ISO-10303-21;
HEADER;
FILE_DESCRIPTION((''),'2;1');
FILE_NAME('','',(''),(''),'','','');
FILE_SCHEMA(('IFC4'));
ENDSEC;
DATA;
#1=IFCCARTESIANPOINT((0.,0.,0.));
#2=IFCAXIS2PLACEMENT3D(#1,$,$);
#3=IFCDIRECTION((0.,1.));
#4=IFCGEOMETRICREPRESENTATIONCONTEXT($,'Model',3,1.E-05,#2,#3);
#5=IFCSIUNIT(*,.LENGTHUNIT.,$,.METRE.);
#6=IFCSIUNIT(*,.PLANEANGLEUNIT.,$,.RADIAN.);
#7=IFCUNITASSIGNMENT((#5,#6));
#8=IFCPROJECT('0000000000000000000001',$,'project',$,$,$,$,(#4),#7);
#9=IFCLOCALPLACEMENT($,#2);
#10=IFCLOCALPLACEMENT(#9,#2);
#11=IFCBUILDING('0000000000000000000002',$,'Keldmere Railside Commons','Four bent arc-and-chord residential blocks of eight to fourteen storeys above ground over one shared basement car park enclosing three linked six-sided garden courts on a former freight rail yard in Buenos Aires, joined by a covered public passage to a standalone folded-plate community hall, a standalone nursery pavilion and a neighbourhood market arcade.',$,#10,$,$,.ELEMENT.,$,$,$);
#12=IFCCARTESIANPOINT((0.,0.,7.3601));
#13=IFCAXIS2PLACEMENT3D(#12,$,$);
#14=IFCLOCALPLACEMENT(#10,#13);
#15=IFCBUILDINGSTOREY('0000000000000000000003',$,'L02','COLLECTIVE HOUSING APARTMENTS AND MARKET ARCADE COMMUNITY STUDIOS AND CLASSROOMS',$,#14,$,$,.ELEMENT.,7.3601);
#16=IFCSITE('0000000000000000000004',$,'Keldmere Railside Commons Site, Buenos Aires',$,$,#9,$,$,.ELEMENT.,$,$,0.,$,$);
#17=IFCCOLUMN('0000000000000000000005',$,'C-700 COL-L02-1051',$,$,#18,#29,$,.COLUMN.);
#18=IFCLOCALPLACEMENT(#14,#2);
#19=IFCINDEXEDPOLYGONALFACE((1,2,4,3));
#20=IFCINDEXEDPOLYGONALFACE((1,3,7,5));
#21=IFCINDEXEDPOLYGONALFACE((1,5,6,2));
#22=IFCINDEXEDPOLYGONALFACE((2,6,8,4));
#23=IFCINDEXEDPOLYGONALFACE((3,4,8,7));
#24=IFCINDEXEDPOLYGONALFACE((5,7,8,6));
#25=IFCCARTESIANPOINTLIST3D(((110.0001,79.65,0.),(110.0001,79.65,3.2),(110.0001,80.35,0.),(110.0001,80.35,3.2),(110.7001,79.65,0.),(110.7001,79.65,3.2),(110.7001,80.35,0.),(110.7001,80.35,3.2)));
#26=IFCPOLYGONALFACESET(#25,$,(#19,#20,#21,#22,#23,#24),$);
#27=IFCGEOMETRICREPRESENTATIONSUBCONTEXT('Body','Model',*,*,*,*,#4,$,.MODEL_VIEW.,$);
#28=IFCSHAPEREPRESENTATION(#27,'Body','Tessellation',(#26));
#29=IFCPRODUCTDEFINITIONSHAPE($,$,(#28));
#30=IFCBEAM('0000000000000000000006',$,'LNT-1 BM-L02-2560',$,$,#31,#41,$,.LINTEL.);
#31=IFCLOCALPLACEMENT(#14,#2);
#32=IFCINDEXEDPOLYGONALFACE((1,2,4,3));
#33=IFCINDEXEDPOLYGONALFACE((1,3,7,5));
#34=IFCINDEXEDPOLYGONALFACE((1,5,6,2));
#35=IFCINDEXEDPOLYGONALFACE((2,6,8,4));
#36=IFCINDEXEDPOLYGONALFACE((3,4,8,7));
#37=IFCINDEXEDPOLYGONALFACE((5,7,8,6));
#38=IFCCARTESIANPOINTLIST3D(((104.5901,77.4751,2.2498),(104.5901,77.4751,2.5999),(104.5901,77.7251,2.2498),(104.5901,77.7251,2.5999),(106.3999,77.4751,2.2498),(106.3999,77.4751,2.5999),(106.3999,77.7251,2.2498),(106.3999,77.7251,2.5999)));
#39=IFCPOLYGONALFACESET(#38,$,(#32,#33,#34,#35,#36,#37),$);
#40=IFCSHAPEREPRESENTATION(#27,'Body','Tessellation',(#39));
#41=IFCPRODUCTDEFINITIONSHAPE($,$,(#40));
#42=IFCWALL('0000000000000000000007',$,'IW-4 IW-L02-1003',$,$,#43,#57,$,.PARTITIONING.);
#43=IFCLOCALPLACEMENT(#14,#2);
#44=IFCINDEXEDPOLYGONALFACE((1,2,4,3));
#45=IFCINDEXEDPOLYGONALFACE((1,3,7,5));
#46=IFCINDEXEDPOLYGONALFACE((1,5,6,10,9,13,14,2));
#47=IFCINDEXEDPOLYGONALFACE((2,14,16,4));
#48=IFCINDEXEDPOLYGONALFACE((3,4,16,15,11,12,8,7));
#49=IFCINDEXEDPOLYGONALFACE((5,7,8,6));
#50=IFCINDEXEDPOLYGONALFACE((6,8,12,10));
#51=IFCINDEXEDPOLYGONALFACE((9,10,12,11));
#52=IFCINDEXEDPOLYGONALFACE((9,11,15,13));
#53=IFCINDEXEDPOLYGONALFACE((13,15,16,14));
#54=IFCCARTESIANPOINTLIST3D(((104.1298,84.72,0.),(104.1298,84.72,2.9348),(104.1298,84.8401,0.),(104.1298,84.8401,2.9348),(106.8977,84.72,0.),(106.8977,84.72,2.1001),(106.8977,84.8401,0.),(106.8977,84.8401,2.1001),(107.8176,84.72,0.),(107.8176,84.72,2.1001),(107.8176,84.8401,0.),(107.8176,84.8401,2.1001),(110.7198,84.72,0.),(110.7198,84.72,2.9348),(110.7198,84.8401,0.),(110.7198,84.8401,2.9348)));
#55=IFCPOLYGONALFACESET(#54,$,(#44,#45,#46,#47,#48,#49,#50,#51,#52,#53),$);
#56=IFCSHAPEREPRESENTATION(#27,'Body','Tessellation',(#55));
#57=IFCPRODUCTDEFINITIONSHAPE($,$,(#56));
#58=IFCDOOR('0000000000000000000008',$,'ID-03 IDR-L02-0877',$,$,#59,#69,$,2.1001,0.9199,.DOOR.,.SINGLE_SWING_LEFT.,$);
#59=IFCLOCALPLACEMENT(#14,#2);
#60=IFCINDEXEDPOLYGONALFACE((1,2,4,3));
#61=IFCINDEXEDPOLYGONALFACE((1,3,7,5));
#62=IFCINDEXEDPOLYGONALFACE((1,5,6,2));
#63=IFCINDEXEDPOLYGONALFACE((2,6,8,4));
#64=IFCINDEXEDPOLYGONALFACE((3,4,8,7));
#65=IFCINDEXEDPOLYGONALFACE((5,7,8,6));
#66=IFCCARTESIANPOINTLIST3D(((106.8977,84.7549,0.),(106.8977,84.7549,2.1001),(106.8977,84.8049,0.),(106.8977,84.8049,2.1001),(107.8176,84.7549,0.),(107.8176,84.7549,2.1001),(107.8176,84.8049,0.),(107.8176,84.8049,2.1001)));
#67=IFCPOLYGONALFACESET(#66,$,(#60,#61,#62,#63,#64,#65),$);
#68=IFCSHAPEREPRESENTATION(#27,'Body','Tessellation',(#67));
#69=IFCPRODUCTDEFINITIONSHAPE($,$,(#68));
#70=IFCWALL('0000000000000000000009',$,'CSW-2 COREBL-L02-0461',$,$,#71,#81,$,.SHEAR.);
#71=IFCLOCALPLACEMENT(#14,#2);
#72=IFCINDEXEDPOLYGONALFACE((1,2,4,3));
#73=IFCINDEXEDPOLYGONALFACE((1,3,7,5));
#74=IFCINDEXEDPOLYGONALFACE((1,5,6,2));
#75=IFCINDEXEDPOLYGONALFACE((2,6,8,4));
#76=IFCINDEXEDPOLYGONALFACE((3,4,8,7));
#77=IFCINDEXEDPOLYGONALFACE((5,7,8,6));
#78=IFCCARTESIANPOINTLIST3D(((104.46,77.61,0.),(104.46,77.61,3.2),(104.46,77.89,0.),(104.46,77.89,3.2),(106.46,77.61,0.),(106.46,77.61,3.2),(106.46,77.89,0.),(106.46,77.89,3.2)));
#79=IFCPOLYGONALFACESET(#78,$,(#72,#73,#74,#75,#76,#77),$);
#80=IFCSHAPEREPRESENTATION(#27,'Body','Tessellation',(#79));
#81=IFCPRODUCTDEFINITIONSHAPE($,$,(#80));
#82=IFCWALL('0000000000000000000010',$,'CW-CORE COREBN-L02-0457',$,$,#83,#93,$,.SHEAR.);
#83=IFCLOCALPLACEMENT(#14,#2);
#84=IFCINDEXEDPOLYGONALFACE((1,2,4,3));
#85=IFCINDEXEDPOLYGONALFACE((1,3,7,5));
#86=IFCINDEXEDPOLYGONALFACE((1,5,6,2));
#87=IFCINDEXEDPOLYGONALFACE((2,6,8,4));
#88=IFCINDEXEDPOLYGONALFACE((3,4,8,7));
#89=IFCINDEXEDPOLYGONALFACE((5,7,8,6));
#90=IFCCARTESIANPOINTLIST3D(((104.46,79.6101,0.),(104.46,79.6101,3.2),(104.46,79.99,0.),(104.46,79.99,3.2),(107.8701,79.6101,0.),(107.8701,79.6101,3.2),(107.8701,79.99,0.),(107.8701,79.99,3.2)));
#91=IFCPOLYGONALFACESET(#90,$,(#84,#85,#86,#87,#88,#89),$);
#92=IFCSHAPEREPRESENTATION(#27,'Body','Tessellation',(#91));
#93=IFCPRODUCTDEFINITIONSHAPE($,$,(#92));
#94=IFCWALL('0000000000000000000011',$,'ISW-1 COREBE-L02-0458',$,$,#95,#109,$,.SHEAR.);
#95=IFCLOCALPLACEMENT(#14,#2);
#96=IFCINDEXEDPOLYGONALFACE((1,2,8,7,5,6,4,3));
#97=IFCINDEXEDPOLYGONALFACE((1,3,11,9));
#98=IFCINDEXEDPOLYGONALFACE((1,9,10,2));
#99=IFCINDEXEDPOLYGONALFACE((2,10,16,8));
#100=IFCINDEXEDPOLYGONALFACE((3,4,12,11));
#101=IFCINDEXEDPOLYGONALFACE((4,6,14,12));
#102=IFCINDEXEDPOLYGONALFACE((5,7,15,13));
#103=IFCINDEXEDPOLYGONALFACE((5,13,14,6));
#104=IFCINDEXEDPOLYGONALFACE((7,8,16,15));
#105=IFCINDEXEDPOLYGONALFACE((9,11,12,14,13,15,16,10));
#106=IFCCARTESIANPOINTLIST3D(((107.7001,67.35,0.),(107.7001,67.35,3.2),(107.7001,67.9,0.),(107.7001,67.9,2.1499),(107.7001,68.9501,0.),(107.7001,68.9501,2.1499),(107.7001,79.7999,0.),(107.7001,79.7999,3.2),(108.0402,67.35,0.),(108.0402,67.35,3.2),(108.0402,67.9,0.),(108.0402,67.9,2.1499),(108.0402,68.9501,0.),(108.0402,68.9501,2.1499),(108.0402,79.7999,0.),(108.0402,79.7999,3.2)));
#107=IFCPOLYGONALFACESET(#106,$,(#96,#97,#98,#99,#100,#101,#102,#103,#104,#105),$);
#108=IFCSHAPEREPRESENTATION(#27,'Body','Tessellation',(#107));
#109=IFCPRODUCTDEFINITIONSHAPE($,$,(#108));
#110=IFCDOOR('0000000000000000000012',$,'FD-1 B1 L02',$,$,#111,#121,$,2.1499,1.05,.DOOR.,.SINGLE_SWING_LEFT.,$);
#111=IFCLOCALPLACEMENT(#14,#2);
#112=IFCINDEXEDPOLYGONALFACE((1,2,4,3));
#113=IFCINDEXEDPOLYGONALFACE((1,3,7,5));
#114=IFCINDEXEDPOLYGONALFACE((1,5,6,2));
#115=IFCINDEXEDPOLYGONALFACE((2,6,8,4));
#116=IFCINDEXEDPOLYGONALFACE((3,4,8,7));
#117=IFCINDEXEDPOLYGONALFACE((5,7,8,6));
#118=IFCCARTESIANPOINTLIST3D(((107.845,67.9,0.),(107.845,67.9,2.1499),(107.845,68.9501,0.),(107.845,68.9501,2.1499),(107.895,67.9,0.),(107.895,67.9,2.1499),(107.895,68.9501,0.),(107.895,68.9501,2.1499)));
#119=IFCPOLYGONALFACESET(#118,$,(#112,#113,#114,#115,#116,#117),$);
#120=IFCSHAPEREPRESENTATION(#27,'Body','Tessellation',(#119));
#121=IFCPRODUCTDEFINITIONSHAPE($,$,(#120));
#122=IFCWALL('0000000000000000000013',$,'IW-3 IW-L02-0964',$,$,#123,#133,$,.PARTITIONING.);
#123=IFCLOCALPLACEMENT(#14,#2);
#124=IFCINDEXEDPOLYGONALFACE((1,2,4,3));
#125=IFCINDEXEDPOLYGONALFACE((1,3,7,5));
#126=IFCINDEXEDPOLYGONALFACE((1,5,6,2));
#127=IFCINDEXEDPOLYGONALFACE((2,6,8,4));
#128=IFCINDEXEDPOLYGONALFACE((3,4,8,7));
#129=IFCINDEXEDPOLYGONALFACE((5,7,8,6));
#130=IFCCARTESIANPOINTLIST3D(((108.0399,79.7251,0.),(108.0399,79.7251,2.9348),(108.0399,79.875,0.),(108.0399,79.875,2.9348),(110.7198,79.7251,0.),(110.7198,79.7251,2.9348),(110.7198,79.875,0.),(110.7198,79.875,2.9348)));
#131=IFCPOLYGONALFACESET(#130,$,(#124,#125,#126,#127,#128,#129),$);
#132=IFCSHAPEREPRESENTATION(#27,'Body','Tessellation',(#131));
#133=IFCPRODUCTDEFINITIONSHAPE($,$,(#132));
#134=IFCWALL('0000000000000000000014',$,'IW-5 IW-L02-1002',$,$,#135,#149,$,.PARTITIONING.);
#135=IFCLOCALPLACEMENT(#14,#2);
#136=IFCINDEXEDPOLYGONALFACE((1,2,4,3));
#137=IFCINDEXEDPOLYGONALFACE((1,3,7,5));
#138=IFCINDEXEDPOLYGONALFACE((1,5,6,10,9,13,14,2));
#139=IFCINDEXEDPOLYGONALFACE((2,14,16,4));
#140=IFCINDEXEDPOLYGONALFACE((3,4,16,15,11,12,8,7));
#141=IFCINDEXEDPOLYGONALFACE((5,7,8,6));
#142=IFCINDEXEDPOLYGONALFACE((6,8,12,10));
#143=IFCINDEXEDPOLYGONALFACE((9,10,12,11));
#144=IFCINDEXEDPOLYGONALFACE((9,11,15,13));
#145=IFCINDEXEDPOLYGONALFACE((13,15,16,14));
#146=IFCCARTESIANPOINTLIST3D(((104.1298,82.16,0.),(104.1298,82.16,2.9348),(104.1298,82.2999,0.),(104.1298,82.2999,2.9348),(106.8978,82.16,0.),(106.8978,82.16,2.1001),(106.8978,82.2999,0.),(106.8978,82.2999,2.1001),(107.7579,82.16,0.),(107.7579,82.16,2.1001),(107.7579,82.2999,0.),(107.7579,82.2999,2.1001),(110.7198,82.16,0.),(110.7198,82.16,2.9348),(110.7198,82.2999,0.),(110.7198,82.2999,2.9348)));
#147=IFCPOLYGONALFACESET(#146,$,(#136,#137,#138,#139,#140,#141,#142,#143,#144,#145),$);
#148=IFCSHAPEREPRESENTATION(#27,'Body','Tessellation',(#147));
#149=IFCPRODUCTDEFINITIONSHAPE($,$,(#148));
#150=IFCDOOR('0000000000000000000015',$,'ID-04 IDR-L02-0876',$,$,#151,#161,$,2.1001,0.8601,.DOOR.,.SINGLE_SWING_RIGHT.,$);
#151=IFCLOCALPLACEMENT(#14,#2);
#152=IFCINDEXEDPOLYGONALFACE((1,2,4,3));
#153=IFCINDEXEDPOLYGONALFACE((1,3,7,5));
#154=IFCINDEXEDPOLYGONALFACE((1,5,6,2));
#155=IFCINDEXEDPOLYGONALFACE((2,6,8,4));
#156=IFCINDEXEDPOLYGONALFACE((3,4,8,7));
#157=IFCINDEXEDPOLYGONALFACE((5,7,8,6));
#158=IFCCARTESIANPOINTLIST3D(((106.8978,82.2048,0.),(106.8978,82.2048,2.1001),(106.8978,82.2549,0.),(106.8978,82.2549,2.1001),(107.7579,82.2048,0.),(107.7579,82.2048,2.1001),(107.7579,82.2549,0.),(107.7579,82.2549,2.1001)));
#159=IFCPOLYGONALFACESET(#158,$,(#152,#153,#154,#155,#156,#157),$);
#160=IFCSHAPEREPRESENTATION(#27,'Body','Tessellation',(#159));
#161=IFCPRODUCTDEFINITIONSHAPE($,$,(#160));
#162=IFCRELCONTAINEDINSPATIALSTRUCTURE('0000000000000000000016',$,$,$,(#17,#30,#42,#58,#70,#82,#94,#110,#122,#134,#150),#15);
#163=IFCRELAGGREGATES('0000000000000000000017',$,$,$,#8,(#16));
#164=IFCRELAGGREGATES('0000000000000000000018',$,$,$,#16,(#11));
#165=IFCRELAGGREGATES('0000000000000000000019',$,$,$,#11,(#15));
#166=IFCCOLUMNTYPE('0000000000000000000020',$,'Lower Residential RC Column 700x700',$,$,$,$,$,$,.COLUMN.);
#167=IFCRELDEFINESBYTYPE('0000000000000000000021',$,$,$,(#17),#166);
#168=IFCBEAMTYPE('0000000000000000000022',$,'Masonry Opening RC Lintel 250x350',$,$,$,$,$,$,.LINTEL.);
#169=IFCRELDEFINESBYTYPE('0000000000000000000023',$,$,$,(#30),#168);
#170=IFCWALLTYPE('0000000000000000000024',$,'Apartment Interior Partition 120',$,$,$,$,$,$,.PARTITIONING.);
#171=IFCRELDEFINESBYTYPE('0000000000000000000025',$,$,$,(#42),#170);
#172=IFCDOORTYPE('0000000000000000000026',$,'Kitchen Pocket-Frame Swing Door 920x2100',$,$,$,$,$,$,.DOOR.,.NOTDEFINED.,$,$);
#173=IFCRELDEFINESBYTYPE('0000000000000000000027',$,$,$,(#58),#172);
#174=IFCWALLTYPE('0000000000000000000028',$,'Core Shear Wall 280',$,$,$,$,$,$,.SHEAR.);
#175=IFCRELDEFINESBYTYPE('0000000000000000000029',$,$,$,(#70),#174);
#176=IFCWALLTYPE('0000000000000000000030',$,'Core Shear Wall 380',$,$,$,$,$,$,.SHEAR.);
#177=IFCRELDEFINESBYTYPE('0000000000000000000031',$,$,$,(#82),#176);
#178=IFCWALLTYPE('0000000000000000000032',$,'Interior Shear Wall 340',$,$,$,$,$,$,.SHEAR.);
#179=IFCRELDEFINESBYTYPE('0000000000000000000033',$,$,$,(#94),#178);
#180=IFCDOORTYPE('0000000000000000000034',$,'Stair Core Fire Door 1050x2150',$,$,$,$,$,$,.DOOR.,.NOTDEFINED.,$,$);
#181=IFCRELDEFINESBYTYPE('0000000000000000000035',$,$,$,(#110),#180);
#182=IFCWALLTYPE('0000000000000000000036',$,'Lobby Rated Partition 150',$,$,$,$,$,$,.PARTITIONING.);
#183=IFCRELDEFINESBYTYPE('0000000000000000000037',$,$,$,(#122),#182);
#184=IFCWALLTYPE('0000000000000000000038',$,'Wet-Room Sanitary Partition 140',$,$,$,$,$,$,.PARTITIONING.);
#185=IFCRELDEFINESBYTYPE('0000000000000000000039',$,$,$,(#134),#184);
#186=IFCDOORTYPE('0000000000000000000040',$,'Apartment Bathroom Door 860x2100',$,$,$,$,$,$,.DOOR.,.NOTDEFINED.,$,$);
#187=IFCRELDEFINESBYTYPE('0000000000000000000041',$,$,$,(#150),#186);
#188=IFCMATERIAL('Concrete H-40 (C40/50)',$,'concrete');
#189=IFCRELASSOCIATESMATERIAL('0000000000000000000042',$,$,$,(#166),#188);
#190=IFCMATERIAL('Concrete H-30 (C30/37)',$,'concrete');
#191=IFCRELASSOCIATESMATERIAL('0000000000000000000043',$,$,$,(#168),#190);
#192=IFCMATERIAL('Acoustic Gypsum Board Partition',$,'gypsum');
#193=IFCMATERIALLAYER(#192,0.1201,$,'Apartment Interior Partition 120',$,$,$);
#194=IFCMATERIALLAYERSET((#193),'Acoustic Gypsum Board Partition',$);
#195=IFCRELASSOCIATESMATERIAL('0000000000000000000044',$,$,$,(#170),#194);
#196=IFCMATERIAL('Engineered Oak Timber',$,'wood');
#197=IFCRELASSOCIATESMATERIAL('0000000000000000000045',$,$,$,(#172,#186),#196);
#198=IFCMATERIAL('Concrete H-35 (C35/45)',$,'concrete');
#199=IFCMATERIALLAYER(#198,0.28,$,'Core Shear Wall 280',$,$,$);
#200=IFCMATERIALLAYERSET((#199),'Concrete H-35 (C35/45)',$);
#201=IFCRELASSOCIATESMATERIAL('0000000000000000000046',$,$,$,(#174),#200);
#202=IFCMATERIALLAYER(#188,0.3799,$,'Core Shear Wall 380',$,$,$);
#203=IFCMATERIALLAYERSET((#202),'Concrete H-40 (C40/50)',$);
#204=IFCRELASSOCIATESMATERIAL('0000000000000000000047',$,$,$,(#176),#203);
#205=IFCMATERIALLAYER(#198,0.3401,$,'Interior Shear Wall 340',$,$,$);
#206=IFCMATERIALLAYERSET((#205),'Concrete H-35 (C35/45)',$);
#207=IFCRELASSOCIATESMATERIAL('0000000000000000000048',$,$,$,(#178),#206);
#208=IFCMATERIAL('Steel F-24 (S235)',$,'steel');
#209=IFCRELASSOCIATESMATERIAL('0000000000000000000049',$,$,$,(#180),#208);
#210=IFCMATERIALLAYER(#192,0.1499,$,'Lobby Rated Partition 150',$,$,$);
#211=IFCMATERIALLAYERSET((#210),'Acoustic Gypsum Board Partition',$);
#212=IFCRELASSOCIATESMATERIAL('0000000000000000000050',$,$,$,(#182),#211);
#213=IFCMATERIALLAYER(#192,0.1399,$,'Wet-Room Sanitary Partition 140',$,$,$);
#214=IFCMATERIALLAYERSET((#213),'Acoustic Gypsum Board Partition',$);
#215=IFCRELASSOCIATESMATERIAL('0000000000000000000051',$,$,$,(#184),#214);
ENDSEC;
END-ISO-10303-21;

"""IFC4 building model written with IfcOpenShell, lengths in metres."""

from ifc_helpers import new_model, si_unit, direction, frame, frame_2d, origin, origin_2d, place, context, subcontext, project, spatial, rectangle, extrude, material, layer, layer_set, material_profile, profile_set, type_object, element, fill, save


model = new_model("IFC4")

# Units and contexts
model_context = context("Model", 3, precision=1e-05, world=origin(), true_north=direction((0.0, 1.0)))
body_context = subcontext(model_context, "Body", "Model", "MODEL_VIEW")
ifc_project = project(units=[si_unit("LENGTHUNIT", "METRE"), si_unit("PLANEANGLEUNIT", "RADIAN")], contexts=[model_context])

# Site, building, storey
site_placement = place(None, origin())
site = spatial("IfcSite", under=ifc_project, at=site_placement, Name="Keldmere Railside Commons Site, Buenos Aires", CompositionType="ELEMENT", RefElevation=0.0)
building_placement = place(site_placement, origin())
building = spatial("IfcBuilding", under=site, at=building_placement, Name="Keldmere Railside Commons", Description="Four bent arc-and-chord residential blocks of eight to fourteen storeys above ground over one shared basement car park enclosing three linked six-sided garden courts on a former freight rail yard in Buenos Aires, joined by a covered public passage to a standalone folded-plate community hall, a standalone nursery pavilion and a neighbourhood market arcade.", CompositionType="ELEMENT")
storey_placement = place(building_placement, frame((0.0, 0.0, 7.3601)))
storey = spatial("IfcBuildingStorey", under=building, at=storey_placement, Name="L02", Description="COLLECTIVE HOUSING APARTMENTS AND MARKET ARCADE COMMUNITY STUDIOS AND CLASSROOMS", CompositionType="ELEMENT", Elevation=7.3601)

# Column
ifc_material_1 = material(Name="Concrete H-40 (C40/50)", Category="concrete")
ifc_material_profile_1 = material_profile(ifc_material_1, rectangle(XDim=0.7, YDim=0.7, at=origin_2d()), Name="RC-700x700")
ifc_profile_set_1 = profile_set([ifc_material_profile_1], Name="Concrete H-40 (C40/50)")
column_type = type_object("IfcColumnType", Name="Lower Residential RC Column 700x700", PredefinedType="COLUMN", material=ifc_profile_set_1)
column_placement = place(storey_placement, frame((110.3501, 80.0, 0.0), z_axis=(0.0, 0.0, 1.0), x_axis=(1.0, 0.0, 0.0)))
element("IfcColumn", 1, at=column_placement, inside=storey, type_object=column_type, Name="C-700 COL-L02-1051", PredefinedType="COLUMN", context=body_context, shape_type="SweptSolid", body=[
    extrude(rectangle(XDim=0.7, YDim=0.7, at=origin_2d()), origin(), (0.0, 0.0, 1.0), 3.2),
])

# Beam
ifc_material_2 = material(Name="Concrete H-30 (C30/37)", Category="concrete")
ifc_material_profile_2 = material_profile(ifc_material_2, rectangle(XDim=0.25, YDim=0.3501, at=origin_2d()), Name="RC-250x350")
ifc_profile_set_2 = profile_set([ifc_material_profile_2], Name="Concrete H-30 (C30/37)")
beam_type = type_object("IfcBeamType", Name="Masonry Opening RC Lintel 250x350", PredefinedType="LINTEL", material=ifc_profile_set_2)
beam_placement = place(storey_placement, frame((104.5901, 77.6001, 2.4248), z_axis=(1.0, 0.0, 0.0), x_axis=(0.0, 1.0, 0.0)))
element("IfcBeam", 2, at=beam_placement, inside=storey, type_object=beam_type, Name="LNT-1 BM-L02-2560", PredefinedType="LINTEL", context=body_context, shape_type="SweptSolid", body=[
    extrude(rectangle(XDim=0.25, YDim=0.3501, at=origin_2d()), origin(), (0.0, 0.0, 1.0), 1.8098),
])

# Wall, opening, door
ifc_material_3 = material(Name="Acoustic Gypsum Board Partition", Category="gypsum")
ifc_layer_1 = layer(ifc_material_3, 0.1201, Name="Apartment Interior Partition 120")
ifc_layer_set_1 = layer_set([ifc_layer_1], Name="Acoustic Gypsum Board Partition")
wall_type_1 = type_object("IfcWallType", Name="Apartment Interior Partition 120", PredefinedType="PARTITIONING", material=ifc_layer_set_1)
wall_1_placement = place(storey_placement, frame((104.1299, 84.78, 0.0), z_axis=(0.0, 0.0, 1.0), x_axis=(1.0, 0.0, 0.0)))
wall_1 = element("IfcWall", 3, at=wall_1_placement, inside=storey, type_object=wall_type_1, Name="IW-4 IW-L02-1003", PredefinedType="PARTITIONING", context=body_context, shape_type="SweptSolid", body=[
    extrude(rectangle(XDim=6.5901, YDim=0.1201, at=frame_2d((3.2949, 0.0))), origin(), (0.0, 0.0, 1.0), 2.9348),
])
opening_1_placement = place(wall_1_placement, frame((2.7678, 0.0, 0.0)))
opening_1 = element("IfcOpeningElement", 4, at=opening_1_placement, cuts=wall_1, PredefinedType="OPENING", context=body_context, shape_type="SweptSolid", body=[
    extrude(rectangle(XDim=0.9199, YDim=2.1001, at=frame_2d((0.46, 1.05))), frame((0.0, 0.0701, 0.0), z_axis=(0.0, -1.0, 0.0), x_axis=(1.0, 0.0, 0.0)), (0.0, 0.0, 1.0), 0.1401),
])
ifc_material_4 = material(Name="Engineered Oak Timber", Category="wood")
door_type_1 = type_object("IfcDoorType", Name="Kitchen Pocket-Frame Swing Door 920x2100", OperationType="NOTDEFINED", PredefinedType="DOOR", material=ifc_material_4)
door_1_placement = place(opening_1_placement, origin())
door_1 = element("IfcDoor", 5, at=door_1_placement, inside=storey, type_object=door_type_1, Name="ID-03 IDR-L02-0877", OperationType="SINGLE_SWING_LEFT", OverallHeight=2.1001, OverallWidth=0.9199, PredefinedType="DOOR", context=body_context, shape_type="SweptSolid", body=[
    extrude(rectangle(XDim=0.9199, YDim=2.1001, at=frame_2d((0.46, 1.05))), frame((0.0, 0.0249, 0.0), z_axis=(0.0, -1.0, 0.0), x_axis=(1.0, 0.0, 0.0)), (0.0, 0.0, 1.0), 0.05),
])
fill(opening_1, door_1)

# Walls
ifc_material_5 = material(Name="Concrete H-35 (C35/45)", Category="concrete")
ifc_layer_2 = layer(ifc_material_5, 0.28, Name="Core Shear Wall 280")
ifc_layer_set_2 = layer_set([ifc_layer_2], Name="Concrete H-35 (C35/45)")
wall_type_2 = type_object("IfcWallType", Name="Core Shear Wall 280", PredefinedType="SHEAR", material=ifc_layer_set_2)
wall_2_placement = place(storey_placement, frame((104.46, 77.75, 0.0), z_axis=(0.0, 0.0, 1.0), x_axis=(1.0, 0.0, 0.0)))
element("IfcWall", 6, at=wall_2_placement, inside=storey, type_object=wall_type_2, Name="CSW-2 COREBL-L02-0461", PredefinedType="SHEAR", context=body_context, shape_type="SweptSolid", body=[
    extrude(rectangle(XDim=2.0, YDim=0.28, at=frame_2d((1.0, 0.0))), origin(), (0.0, 0.0, 1.0), 3.2),
])
ifc_layer_3 = layer(ifc_material_1, 0.3799, Name="Core Shear Wall 380")
ifc_layer_set_3 = layer_set([ifc_layer_3], Name="Concrete H-40 (C40/50)")
wall_type_3 = type_object("IfcWallType", Name="Core Shear Wall 380", PredefinedType="SHEAR", material=ifc_layer_set_3)
wall_3_placement = place(storey_placement, frame((104.46, 79.8, 0.0), z_axis=(0.0, 0.0, 1.0), x_axis=(1.0, 0.0, 0.0)))
element("IfcWall", 7, at=wall_3_placement, inside=storey, type_object=wall_type_3, Name="CW-CORE COREBN-L02-0457", PredefinedType="SHEAR", context=body_context, shape_type="SweptSolid", body=[
    extrude(rectangle(XDim=3.4102, YDim=0.3799, at=frame_2d((1.7051, 0.0))), origin(), (0.0, 0.0, 1.0), 3.2),
])

# Wall, opening, door
ifc_layer_4 = layer(ifc_material_5, 0.3401, Name="Interior Shear Wall 340")
ifc_layer_set_4 = layer_set([ifc_layer_4], Name="Concrete H-35 (C35/45)")
wall_type_4 = type_object("IfcWallType", Name="Interior Shear Wall 340", PredefinedType="SHEAR", material=ifc_layer_set_4)
wall_4_placement = place(storey_placement, frame((107.8701, 79.8, 0.0), z_axis=(0.0, 0.0, 1.0), x_axis=(0.0, -1.0, 0.0)))
wall_4 = element("IfcWall", 8, at=wall_4_placement, inside=storey, type_object=wall_type_4, Name="ISW-1 COREBE-L02-0458", PredefinedType="SHEAR", context=body_context, shape_type="SweptSolid", body=[
    extrude(rectangle(XDim=12.45, YDim=0.3401, at=frame_2d((6.2251, 0.0))), origin(), (0.0, 0.0, 1.0), 3.2),
])
opening_2_placement = place(wall_4_placement, frame((10.8501, 0.0, 0.0)))
opening_2 = element("IfcOpeningElement", 9, at=opening_2_placement, cuts=wall_4, PredefinedType="OPENING", context=body_context, shape_type="SweptSolid", body=[
    extrude(rectangle(XDim=1.05, YDim=2.1499, at=frame_2d((0.5249, 1.075))), frame((0.0, 0.1799, 0.0), z_axis=(0.0, -1.0, 0.0), x_axis=(1.0, 0.0, 0.0)), (0.0, 0.0, 1.0), 0.3601),
])
ifc_material_6 = material(Name="Steel F-24 (S235)", Category="steel")
door_type_2 = type_object("IfcDoorType", Name="Stair Core Fire Door 1050x2150", OperationType="NOTDEFINED", PredefinedType="DOOR", material=ifc_material_6)
door_2_placement = place(opening_2_placement, origin())
door_2 = element("IfcDoor", 10, at=door_2_placement, inside=storey, type_object=door_type_2, Name="FD-1 B1 L02", OperationType="SINGLE_SWING_LEFT", OverallHeight=2.1499, OverallWidth=1.05, PredefinedType="DOOR", context=body_context, shape_type="SweptSolid", body=[
    extrude(rectangle(XDim=1.05, YDim=2.1499, at=frame_2d((0.5249, 1.075))), frame((0.0, 0.0249, 0.0), z_axis=(0.0, -1.0, 0.0), x_axis=(1.0, 0.0, 0.0)), (0.0, 0.0, 1.0), 0.05),
])
fill(opening_2, door_2)

# Wall
ifc_layer_5 = layer(ifc_material_3, 0.1499, Name="Lobby Rated Partition 150")
ifc_layer_set_5 = layer_set([ifc_layer_5], Name="Acoustic Gypsum Board Partition")
wall_type_5 = type_object("IfcWallType", Name="Lobby Rated Partition 150", PredefinedType="PARTITIONING", material=ifc_layer_set_5)
wall_5_placement = place(storey_placement, frame((108.04, 79.8, 0.0), z_axis=(0.0, 0.0, 1.0), x_axis=(1.0, 0.0, 0.0)))
element("IfcWall", 11, at=wall_5_placement, inside=storey, type_object=wall_type_5, Name="IW-3 IW-L02-0964", PredefinedType="PARTITIONING", context=body_context, shape_type="SweptSolid", body=[
    extrude(rectangle(XDim=2.6799, YDim=0.1499, at=frame_2d((1.3398, 0.0))), origin(), (0.0, 0.0, 1.0), 2.9348),
])

# Wall, opening, door
ifc_layer_6 = layer(ifc_material_3, 0.1399, Name="Wet-Room Sanitary Partition 140")
ifc_layer_set_6 = layer_set([ifc_layer_6], Name="Acoustic Gypsum Board Partition")
wall_type_6 = type_object("IfcWallType", Name="Wet-Room Sanitary Partition 140", PredefinedType="PARTITIONING", material=ifc_layer_set_6)
wall_6_placement = place(storey_placement, frame((104.1299, 82.23, 0.0), z_axis=(0.0, 0.0, 1.0), x_axis=(1.0, 0.0, 0.0)))
wall_6 = element("IfcWall", 12, at=wall_6_placement, inside=storey, type_object=wall_type_6, Name="IW-5 IW-L02-1002", PredefinedType="PARTITIONING", context=body_context, shape_type="SweptSolid", body=[
    extrude(rectangle(XDim=6.5901, YDim=0.1399, at=frame_2d((3.2949, 0.0))), origin(), (0.0, 0.0, 1.0), 2.9348),
])
opening_3_placement = place(wall_6_placement, frame((2.7678, 0.0, 0.0)))
opening_3 = element("IfcOpeningElement", 13, at=opening_3_placement, cuts=wall_6, PredefinedType="OPENING", context=body_context, shape_type="SweptSolid", body=[
    extrude(rectangle(XDim=0.8601, YDim=2.1001, at=frame_2d((0.4302, 1.05))), frame((0.0, 0.0798, 0.0), z_axis=(0.0, -1.0, 0.0), x_axis=(1.0, 0.0, 0.0)), (0.0, 0.0, 1.0), 0.1599),
])
door_type_3 = type_object("IfcDoorType", Name="Apartment Bathroom Door 860x2100", OperationType="NOTDEFINED", PredefinedType="DOOR", material=ifc_material_4)
door_3_placement = place(opening_3_placement, origin())
door_3 = element("IfcDoor", 14, at=door_3_placement, inside=storey, type_object=door_type_3, Name="ID-04 IDR-L02-0876", OperationType="SINGLE_SWING_RIGHT", OverallHeight=2.1001, OverallWidth=0.8601, PredefinedType="DOOR", context=body_context, shape_type="SweptSolid", body=[
    extrude(rectangle(XDim=0.8601, YDim=2.1001, at=frame_2d((0.4302, 1.05))), frame((0.0, 0.0249, 0.0), z_axis=(0.0, -1.0, 0.0), x_axis=(1.0, 0.0, 0.0)), (0.0, 0.0, 1.0), 0.05),
])
fill(opening_3, door_3)

save(model, "model.ifc")
